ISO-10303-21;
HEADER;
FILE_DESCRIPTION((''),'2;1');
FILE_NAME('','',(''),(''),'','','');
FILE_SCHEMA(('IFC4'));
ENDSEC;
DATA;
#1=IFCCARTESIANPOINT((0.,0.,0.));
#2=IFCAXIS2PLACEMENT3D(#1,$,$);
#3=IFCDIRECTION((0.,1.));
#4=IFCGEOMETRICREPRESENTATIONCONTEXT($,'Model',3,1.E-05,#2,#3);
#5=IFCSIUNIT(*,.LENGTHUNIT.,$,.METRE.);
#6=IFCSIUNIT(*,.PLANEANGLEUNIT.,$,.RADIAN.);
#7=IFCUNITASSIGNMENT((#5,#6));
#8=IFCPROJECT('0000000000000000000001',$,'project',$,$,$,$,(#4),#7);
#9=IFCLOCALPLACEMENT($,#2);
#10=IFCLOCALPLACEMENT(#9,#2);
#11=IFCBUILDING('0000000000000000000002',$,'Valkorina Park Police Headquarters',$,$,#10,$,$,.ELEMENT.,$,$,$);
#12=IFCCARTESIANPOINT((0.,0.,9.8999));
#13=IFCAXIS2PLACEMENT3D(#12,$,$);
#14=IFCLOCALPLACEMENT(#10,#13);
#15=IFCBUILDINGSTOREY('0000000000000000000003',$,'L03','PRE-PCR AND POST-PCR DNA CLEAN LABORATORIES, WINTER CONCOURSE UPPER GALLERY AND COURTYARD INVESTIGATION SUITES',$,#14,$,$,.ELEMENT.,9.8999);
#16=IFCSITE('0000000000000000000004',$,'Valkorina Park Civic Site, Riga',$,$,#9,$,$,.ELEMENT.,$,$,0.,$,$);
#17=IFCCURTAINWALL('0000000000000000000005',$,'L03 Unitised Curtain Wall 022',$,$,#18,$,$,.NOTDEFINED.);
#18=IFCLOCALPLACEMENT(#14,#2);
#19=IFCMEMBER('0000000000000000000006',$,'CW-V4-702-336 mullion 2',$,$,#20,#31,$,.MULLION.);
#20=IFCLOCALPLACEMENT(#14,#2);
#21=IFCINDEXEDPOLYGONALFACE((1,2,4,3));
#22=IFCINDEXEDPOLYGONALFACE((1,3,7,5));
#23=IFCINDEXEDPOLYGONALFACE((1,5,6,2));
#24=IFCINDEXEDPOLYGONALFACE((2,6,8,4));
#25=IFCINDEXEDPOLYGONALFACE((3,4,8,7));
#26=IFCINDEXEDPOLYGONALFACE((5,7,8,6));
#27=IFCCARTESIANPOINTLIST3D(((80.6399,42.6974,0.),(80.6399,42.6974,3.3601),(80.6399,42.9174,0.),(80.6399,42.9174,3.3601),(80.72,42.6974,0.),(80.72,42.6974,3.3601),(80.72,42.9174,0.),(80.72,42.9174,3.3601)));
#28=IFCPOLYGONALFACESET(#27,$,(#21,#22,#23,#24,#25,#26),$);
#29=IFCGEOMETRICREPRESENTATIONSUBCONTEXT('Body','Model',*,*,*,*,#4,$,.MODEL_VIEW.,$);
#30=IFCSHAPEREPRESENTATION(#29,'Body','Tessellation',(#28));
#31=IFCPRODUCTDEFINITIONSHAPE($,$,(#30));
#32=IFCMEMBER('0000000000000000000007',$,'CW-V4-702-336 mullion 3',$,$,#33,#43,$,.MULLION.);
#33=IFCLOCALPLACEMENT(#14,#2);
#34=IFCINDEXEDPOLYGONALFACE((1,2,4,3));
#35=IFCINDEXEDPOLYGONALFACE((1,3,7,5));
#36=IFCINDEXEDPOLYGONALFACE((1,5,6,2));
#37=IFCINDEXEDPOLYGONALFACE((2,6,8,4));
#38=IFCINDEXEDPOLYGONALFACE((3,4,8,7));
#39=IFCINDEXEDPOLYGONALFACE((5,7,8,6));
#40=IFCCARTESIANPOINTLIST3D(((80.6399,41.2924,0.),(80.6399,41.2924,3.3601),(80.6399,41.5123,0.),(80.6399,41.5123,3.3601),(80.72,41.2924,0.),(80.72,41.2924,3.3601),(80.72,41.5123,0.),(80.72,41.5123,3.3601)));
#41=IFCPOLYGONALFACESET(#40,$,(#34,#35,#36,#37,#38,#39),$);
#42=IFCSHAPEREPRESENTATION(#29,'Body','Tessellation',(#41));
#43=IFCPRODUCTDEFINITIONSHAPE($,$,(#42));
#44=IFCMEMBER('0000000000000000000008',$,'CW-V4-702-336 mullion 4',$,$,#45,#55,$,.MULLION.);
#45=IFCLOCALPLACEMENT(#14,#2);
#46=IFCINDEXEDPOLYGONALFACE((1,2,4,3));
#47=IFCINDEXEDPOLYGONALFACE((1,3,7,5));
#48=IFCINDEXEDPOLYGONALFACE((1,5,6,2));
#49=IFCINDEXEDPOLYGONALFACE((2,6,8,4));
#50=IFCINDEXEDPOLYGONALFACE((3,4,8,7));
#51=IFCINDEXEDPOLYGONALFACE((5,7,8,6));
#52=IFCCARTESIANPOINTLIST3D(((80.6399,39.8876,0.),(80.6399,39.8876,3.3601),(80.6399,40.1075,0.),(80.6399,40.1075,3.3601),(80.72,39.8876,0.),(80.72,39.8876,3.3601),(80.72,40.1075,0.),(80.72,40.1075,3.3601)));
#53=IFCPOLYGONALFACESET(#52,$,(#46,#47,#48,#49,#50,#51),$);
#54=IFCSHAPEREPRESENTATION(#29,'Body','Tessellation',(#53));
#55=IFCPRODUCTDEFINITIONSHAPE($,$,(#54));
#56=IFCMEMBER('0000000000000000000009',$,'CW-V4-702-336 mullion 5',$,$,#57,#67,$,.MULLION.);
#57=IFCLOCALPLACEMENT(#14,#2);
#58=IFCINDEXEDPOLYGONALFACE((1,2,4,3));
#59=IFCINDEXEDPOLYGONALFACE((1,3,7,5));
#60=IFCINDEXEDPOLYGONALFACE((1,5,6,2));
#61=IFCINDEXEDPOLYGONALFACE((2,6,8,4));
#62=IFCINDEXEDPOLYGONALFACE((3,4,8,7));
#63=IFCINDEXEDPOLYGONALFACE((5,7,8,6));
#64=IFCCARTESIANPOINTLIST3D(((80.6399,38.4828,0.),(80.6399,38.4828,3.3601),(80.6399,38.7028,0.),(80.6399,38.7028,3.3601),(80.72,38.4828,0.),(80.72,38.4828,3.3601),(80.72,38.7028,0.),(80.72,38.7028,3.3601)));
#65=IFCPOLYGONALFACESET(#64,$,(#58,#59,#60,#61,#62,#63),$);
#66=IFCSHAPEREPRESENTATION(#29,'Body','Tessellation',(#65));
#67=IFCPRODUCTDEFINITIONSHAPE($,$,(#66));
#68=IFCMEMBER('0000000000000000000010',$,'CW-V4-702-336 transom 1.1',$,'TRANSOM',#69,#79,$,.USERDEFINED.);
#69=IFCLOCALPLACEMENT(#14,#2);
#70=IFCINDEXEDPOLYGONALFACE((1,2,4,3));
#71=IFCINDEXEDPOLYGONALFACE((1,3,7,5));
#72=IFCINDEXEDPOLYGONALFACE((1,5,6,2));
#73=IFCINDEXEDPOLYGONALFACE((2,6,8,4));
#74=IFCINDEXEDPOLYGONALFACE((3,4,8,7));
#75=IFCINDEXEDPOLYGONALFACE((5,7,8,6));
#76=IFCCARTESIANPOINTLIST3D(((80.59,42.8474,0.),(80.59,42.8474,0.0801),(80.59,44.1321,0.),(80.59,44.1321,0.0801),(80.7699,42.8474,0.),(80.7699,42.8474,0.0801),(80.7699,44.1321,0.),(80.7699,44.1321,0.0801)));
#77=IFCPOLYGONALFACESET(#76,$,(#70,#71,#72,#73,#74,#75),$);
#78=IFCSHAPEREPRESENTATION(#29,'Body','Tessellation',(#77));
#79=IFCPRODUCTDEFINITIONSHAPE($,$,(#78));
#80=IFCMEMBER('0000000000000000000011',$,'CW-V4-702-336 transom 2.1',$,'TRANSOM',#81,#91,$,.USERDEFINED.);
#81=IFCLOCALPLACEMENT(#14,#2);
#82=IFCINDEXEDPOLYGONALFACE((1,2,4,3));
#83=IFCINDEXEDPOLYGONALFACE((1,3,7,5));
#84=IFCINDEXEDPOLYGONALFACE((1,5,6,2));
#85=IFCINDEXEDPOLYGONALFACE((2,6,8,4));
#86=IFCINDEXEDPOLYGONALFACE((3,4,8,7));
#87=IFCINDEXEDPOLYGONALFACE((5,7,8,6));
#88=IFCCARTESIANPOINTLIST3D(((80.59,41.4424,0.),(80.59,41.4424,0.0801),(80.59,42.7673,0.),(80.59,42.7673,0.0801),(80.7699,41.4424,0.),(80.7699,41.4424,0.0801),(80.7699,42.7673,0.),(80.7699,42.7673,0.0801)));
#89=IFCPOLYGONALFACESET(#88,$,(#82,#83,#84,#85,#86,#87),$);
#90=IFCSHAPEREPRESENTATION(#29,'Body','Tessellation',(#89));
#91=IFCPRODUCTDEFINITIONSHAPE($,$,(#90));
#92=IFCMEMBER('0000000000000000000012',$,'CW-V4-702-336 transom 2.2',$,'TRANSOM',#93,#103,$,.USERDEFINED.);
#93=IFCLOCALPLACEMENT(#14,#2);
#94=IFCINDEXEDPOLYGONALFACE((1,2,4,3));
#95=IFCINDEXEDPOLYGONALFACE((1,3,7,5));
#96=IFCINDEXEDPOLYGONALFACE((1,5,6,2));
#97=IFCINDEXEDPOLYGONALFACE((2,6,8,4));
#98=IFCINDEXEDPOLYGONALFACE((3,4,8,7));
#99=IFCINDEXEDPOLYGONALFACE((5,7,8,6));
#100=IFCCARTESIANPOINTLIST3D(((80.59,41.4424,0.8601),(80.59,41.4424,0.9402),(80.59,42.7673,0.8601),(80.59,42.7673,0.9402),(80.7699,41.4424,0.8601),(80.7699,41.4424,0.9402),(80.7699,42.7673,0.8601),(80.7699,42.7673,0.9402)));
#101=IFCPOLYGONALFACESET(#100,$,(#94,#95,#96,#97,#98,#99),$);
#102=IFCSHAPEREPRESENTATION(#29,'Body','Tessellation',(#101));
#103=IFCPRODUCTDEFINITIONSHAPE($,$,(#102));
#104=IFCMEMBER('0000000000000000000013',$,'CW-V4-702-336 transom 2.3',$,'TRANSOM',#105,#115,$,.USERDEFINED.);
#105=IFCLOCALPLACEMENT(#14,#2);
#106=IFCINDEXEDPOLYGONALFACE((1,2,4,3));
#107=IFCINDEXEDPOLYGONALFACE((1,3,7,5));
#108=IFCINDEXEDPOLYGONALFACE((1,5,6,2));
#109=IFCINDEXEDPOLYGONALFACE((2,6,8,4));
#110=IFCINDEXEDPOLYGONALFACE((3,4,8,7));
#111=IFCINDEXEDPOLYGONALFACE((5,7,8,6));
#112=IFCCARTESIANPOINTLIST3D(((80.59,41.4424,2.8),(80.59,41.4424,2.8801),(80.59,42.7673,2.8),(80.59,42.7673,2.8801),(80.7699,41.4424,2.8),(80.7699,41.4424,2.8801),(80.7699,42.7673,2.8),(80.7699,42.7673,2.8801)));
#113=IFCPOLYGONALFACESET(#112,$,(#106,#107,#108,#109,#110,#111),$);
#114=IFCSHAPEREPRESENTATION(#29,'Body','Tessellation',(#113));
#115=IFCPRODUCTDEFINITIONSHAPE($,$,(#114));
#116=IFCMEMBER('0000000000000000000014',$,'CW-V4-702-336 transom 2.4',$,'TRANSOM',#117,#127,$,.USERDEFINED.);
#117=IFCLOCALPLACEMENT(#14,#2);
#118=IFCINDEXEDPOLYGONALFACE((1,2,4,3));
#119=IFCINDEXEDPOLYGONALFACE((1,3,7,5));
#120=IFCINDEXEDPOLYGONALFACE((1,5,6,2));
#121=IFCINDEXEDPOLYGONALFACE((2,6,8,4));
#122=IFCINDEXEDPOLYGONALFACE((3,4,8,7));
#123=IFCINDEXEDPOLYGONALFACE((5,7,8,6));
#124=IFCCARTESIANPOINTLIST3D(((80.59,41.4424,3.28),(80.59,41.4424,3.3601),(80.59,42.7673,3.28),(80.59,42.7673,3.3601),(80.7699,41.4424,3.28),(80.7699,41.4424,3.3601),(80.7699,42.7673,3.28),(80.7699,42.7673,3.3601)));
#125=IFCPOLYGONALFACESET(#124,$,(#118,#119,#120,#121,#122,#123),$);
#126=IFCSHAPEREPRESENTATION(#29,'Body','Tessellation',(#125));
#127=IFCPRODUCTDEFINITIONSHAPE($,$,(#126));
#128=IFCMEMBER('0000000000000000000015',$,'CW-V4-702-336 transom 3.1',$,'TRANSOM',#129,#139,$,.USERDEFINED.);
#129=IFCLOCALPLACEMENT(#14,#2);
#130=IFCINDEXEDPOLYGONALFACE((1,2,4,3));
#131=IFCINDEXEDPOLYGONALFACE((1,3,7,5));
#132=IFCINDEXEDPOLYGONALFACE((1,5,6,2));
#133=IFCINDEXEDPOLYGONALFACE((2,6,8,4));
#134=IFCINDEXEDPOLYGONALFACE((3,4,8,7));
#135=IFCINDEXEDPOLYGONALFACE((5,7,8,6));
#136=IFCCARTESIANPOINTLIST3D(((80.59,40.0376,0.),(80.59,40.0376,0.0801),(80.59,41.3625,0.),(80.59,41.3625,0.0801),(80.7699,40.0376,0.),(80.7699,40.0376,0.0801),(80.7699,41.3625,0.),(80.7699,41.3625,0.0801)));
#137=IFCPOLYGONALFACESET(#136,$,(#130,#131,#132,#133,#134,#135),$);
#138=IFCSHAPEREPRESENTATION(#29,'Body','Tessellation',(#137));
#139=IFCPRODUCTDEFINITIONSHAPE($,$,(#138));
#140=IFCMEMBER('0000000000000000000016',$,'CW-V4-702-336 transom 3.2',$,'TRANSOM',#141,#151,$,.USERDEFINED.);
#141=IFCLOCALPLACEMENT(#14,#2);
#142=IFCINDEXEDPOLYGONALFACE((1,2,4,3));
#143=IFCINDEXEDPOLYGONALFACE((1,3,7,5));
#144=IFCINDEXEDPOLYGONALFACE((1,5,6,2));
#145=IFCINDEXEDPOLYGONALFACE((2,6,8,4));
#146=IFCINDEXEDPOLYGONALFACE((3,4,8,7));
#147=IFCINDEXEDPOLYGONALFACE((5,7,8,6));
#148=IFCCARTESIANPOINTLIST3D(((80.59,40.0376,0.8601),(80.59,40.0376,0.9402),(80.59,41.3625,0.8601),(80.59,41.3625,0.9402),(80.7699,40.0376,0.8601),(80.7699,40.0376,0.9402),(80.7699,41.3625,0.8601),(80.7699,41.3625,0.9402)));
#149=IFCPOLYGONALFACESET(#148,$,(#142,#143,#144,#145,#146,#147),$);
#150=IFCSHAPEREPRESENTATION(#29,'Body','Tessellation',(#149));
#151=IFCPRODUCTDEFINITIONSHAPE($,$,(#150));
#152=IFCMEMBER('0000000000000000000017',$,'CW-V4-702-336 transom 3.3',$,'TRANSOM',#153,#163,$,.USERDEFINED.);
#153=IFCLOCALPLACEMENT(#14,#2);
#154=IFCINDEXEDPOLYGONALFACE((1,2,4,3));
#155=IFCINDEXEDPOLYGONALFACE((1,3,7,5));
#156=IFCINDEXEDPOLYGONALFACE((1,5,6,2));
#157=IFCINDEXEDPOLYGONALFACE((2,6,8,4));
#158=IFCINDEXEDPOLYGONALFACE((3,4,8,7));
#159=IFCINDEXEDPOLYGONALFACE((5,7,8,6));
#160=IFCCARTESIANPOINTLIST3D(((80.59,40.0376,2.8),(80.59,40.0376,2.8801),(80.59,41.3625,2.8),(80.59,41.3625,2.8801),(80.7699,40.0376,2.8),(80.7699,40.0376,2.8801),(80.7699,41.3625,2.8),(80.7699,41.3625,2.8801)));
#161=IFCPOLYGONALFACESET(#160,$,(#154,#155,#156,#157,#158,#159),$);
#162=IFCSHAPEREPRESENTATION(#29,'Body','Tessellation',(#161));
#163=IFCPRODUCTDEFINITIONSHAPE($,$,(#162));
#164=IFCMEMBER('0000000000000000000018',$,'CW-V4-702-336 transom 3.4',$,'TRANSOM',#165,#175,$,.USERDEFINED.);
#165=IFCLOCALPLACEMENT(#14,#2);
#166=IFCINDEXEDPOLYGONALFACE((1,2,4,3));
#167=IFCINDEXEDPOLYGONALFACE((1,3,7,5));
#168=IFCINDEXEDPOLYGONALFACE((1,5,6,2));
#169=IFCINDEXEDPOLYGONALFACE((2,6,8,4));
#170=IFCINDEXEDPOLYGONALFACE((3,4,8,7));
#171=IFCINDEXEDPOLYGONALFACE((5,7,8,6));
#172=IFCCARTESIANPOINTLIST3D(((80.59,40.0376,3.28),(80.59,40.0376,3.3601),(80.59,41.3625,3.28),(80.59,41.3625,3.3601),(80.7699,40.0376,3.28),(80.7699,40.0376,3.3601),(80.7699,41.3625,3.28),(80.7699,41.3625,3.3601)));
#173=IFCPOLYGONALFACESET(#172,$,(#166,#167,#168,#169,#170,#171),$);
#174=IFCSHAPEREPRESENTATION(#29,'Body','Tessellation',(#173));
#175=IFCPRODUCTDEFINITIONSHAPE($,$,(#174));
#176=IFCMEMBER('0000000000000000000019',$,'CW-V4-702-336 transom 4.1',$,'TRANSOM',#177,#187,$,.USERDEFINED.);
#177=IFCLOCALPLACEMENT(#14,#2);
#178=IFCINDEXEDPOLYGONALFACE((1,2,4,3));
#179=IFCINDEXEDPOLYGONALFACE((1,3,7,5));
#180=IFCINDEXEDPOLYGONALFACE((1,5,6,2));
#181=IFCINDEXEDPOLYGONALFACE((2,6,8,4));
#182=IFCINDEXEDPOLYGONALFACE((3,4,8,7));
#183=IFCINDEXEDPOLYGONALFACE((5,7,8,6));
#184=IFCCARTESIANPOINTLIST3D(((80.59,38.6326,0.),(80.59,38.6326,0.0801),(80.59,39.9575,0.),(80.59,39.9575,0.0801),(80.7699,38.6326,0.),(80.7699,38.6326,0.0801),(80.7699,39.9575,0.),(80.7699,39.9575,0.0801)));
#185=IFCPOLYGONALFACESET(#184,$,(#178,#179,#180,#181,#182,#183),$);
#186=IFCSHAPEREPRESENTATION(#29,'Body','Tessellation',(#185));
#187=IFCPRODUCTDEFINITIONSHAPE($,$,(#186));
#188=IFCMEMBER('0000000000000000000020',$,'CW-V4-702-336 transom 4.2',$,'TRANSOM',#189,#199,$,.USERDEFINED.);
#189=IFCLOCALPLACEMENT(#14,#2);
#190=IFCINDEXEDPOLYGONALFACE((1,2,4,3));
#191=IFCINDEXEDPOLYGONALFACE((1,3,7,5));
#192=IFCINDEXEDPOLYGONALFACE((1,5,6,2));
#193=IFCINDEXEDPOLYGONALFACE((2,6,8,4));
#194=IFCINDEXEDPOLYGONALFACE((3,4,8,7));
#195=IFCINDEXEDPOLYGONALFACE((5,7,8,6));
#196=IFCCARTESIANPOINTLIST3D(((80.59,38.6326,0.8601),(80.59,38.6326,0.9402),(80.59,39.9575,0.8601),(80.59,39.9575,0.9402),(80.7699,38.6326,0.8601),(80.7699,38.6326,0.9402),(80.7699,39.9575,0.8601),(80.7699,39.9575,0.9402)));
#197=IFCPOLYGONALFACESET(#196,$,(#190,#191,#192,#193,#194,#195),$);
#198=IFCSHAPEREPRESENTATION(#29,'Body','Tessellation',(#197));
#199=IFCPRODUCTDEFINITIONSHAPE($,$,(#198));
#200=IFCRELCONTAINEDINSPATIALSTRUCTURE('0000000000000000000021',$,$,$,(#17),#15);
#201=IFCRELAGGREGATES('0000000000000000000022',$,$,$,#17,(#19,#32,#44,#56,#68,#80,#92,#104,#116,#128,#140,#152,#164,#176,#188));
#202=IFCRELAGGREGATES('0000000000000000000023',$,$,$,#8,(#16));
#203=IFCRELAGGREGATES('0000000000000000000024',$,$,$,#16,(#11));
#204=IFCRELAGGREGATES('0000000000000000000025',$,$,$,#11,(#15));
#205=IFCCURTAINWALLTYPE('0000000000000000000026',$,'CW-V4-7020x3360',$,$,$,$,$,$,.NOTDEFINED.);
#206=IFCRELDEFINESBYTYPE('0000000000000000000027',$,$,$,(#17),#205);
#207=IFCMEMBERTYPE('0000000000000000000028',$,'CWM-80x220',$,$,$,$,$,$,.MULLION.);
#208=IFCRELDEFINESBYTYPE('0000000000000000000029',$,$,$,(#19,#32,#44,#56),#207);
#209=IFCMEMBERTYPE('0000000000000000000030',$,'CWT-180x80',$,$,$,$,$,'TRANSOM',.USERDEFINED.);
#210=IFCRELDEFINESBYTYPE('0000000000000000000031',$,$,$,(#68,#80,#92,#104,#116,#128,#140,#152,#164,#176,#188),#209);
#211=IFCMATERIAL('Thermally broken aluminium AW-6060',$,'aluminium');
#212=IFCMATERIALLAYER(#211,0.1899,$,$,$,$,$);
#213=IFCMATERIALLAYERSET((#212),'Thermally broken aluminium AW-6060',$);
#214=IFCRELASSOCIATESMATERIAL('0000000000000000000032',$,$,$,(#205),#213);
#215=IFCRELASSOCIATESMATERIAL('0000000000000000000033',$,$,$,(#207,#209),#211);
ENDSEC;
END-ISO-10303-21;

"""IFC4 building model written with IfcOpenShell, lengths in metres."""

from ifc_helpers import new_model, si_unit, direction, frame, origin, origin_2d, place, context, subcontext, project, spatial, rectangle, extrude, material, layer, layer_set, material_profile, profile_set, type_object, element, aggregate, save


model = new_model("IFC4")

# Units and contexts
model_context = context("Model", 3, precision=1e-05, world=origin(), true_north=direction((0.0, 1.0)))
body_context = subcontext(model_context, "Body", "Model", "MODEL_VIEW")
ifc_project = project(units=[si_unit("LENGTHUNIT", "METRE"), si_unit("PLANEANGLEUNIT", "RADIAN")], contexts=[model_context])

# Site, building, storey
site_placement = place(None, origin())
site = spatial("IfcSite", under=ifc_project, at=site_placement, Name="Valkorina Park Civic Site, Riga", CompositionType="ELEMENT", RefElevation=0.0)
building_placement = place(site_placement, origin())
building = spatial("IfcBuilding", under=site, at=building_placement, Name="Valkorina Park Police Headquarters", CompositionType="ELEMENT")
storey_placement = place(building_placement, frame((0.0, 0.0, 9.8999)))
storey = spatial("IfcBuildingStorey", under=building, at=storey_placement, Name="L03", Description="PRE-PCR AND POST-PCR DNA CLEAN LABORATORIES, WINTER CONCOURSE UPPER GALLERY AND COURTYARD INVESTIGATION SUITES", CompositionType="ELEMENT", Elevation=9.8999)

# Curtain wall, members
ifc_material_1 = material(Name="Thermally broken aluminium AW-6060", Category="aluminium")
ifc_layer_1 = layer(ifc_material_1, 0.1899)
ifc_layer_set_1 = layer_set([ifc_layer_1], Name="Thermally broken aluminium AW-6060")
curtain_wall_type = type_object("IfcCurtainWallType", Name="CW-V4-7020x3360", PredefinedType="NOTDEFINED", material=ifc_layer_set_1)
curtain_wall_placement = place(storey_placement, origin())
curtain_wall = element("IfcCurtainWall", 1, at=curtain_wall_placement, inside=storey, type_object=curtain_wall_type, Name="L03 Unitised Curtain Wall 022", PredefinedType="NOTDEFINED")
ifc_material_profile_1 = material_profile(ifc_material_1, rectangle(XDim=0.0801, YDim=0.22, at=origin_2d()), Name="CWM-03 80x220")
ifc_profile_set_1 = profile_set([ifc_material_profile_1], Name="Thermally broken aluminium AW-6060")
member_type_1 = type_object("IfcMemberType", Name="CWM-80x220", PredefinedType="MULLION", material=ifc_profile_set_1)
member_1_placement = place(storey_placement, frame((80.6799, 42.8074, 0.0), z_axis=(0.0, 0.0, 1.0), x_axis=(1.0, 0.0, 0.0)))
member_1 = element("IfcMember", 2, at=member_1_placement, type_object=member_type_1, Name="CW-V4-702-336 mullion 2", PredefinedType="MULLION", context=body_context, shape_type="SweptSolid", body=[
    extrude(rectangle(XDim=0.0801, YDim=0.22, at=origin_2d()), origin(), (0.0, 0.0, 1.0), 3.3601),
])
member_2_placement = place(storey_placement, frame((80.6799, 41.4023, 0.0), z_axis=(0.0, 0.0, 1.0), x_axis=(1.0, 0.0, 0.0)))
member_2 = element("IfcMember", 3, at=member_2_placement, type_object=member_type_1, Name="CW-V4-702-336 mullion 3", PredefinedType="MULLION", context=body_context, shape_type="SweptSolid", body=[
    extrude(rectangle(XDim=0.0801, YDim=0.22, at=origin_2d()), origin(), (0.0, 0.0, 1.0), 3.3601),
])
member_3_placement = place(storey_placement, frame((80.6799, 39.9976, 0.0), z_axis=(0.0, 0.0, 1.0), x_axis=(1.0, 0.0, 0.0)))
member_3 = element("IfcMember", 4, at=member_3_placement, type_object=member_type_1, Name="CW-V4-702-336 mullion 4", PredefinedType="MULLION", context=body_context, shape_type="SweptSolid", body=[
    extrude(rectangle(XDim=0.0801, YDim=0.22, at=origin_2d()), origin(), (0.0, 0.0, 1.0), 3.3601),
])
member_4_placement = place(storey_placement, frame((80.6799, 38.5928, 0.0), z_axis=(0.0, 0.0, 1.0), x_axis=(1.0, 0.0, 0.0)))
member_4 = element("IfcMember", 5, at=member_4_placement, type_object=member_type_1, Name="CW-V4-702-336 mullion 5", PredefinedType="MULLION", context=body_context, shape_type="SweptSolid", body=[
    extrude(rectangle(XDim=0.0801, YDim=0.22, at=origin_2d()), origin(), (0.0, 0.0, 1.0), 3.3601),
])
ifc_material_profile_2 = material_profile(ifc_material_1, rectangle(XDim=0.1799, YDim=0.0801, at=origin_2d()), Name="CWT-03 180x80")
ifc_profile_set_2 = profile_set([ifc_material_profile_2], Name="Thermally broken aluminium AW-6060")
member_type_2 = type_object("IfcMemberType", Name="CWT-180x80", ElementType="TRANSOM", PredefinedType="USERDEFINED", material=ifc_profile_set_2)
member_5_placement = place(storey_placement, frame((80.6799, 44.1321, 0.04), z_axis=(0.0, -1.0, 0.0), x_axis=(1.0, 0.0, 0.0)))
member_5 = element("IfcMember", 6, at=member_5_placement, type_object=member_type_2, Name="CW-V4-702-336 transom 1.1", ObjectType="TRANSOM", PredefinedType="USERDEFINED", context=body_context, shape_type="SweptSolid", body=[
    extrude(rectangle(XDim=0.1799, YDim=0.0801, at=origin_2d()), origin(), (0.0, 0.0, 1.0), 1.2847),
])
member_6_placement = place(storey_placement, frame((80.6799, 42.7673, 0.04), z_axis=(0.0, -1.0, 0.0), x_axis=(1.0, 0.0, 0.0)))
member_6 = element("IfcMember", 7, at=member_6_placement, type_object=member_type_2, Name="CW-V4-702-336 transom 2.1", ObjectType="TRANSOM", PredefinedType="USERDEFINED", context=body_context, shape_type="SweptSolid", body=[
    extrude(rectangle(XDim=0.1799, YDim=0.0801, at=origin_2d()), origin(), (0.0, 0.0, 1.0), 1.325),
])
member_7_placement = place(storey_placement, frame((80.6799, 42.7673, 0.9001), z_axis=(0.0, -1.0, 0.0), x_axis=(1.0, 0.0, 0.0)))
member_7 = element("IfcMember", 8, at=member_7_placement, type_object=member_type_2, Name="CW-V4-702-336 transom 2.2", ObjectType="TRANSOM", PredefinedType="USERDEFINED", context=body_context, shape_type="SweptSolid", body=[
    extrude(rectangle(XDim=0.1799, YDim=0.0801, at=origin_2d()), origin(), (0.0, 0.0, 1.0), 1.325),
])
member_8_placement = place(storey_placement, frame((80.6799, 42.7673, 2.8401), z_axis=(0.0, -1.0, 0.0), x_axis=(1.0, 0.0, 0.0)))
member_8 = element("IfcMember", 9, at=member_8_placement, type_object=member_type_2, Name="CW-V4-702-336 transom 2.3", ObjectType="TRANSOM", PredefinedType="USERDEFINED", context=body_context, shape_type="SweptSolid", body=[
    extrude(rectangle(XDim=0.1799, YDim=0.0801, at=origin_2d()), origin(), (0.0, 0.0, 1.0), 1.325),
])
member_9_placement = place(storey_placement, frame((80.6799, 42.7673, 3.3201), z_axis=(0.0, -1.0, 0.0), x_axis=(1.0, 0.0, 0.0)))
member_9 = element("IfcMember", 10, at=member_9_placement, type_object=member_type_2, Name="CW-V4-702-336 transom 2.4", ObjectType="TRANSOM", PredefinedType="USERDEFINED", context=body_context, shape_type="SweptSolid", body=[
    extrude(rectangle(XDim=0.1799, YDim=0.0801, at=origin_2d()), origin(), (0.0, 0.0, 1.0), 1.325),
])
member_10_placement = place(storey_placement, frame((80.6799, 41.3625, 0.04), z_axis=(0.0, -1.0, 0.0), x_axis=(1.0, 0.0, 0.0)))
member_10 = element("IfcMember", 11, at=member_10_placement, type_object=member_type_2, Name="CW-V4-702-336 transom 3.1", ObjectType="TRANSOM", PredefinedType="USERDEFINED", context=body_context, shape_type="SweptSolid", body=[
    extrude(rectangle(XDim=0.1799, YDim=0.0801, at=origin_2d()), origin(), (0.0, 0.0, 1.0), 1.325),
])
member_11_placement = place(storey_placement, frame((80.6799, 41.3625, 0.9001), z_axis=(0.0, -1.0, 0.0), x_axis=(1.0, 0.0, 0.0)))
member_11 = element("IfcMember", 12, at=member_11_placement, type_object=member_type_2, Name="CW-V4-702-336 transom 3.2", ObjectType="TRANSOM", PredefinedType="USERDEFINED", context=body_context, shape_type="SweptSolid", body=[
    extrude(rectangle(XDim=0.1799, YDim=0.0801, at=origin_2d()), origin(), (0.0, 0.0, 1.0), 1.325),
])
member_12_placement = place(storey_placement, frame((80.6799, 41.3625, 2.8401), z_axis=(0.0, -1.0, 0.0), x_axis=(1.0, 0.0, 0.0)))
member_12 = element("IfcMember", 13, at=member_12_placement, type_object=member_type_2, Name="CW-V4-702-336 transom 3.3", ObjectType="TRANSOM", PredefinedType="USERDEFINED", context=body_context, shape_type="SweptSolid", body=[
    extrude(rectangle(XDim=0.1799, YDim=0.0801, at=origin_2d()), origin(), (0.0, 0.0, 1.0), 1.325),
])
member_13_placement = place(storey_placement, frame((80.6799, 41.3625, 3.3201), z_axis=(0.0, -1.0, 0.0), x_axis=(1.0, 0.0, 0.0)))
member_13 = element("IfcMember", 14, at=member_13_placement, type_object=member_type_2, Name="CW-V4-702-336 transom 3.4", ObjectType="TRANSOM", PredefinedType="USERDEFINED", context=body_context, shape_type="SweptSolid", body=[
    extrude(rectangle(XDim=0.1799, YDim=0.0801, at=origin_2d()), origin(), (0.0, 0.0, 1.0), 1.325),
])
member_14_placement = place(storey_placement, frame((80.6799, 39.9575, 0.04), z_axis=(0.0, -1.0, 0.0), x_axis=(1.0, 0.0, 0.0)))
member_14 = element("IfcMember", 15, at=member_14_placement, type_object=member_type_2, Name="CW-V4-702-336 transom 4.1", ObjectType="TRANSOM", PredefinedType="USERDEFINED", context=body_context, shape_type="SweptSolid", body=[
    extrude(rectangle(XDim=0.1799, YDim=0.0801, at=origin_2d()), origin(), (0.0, 0.0, 1.0), 1.325),
])
member_15_placement = place(storey_placement, frame((80.6799, 39.9575, 0.9001), z_axis=(0.0, -1.0, 0.0), x_axis=(1.0, 0.0, 0.0)))
member_15 = element("IfcMember", 16, at=member_15_placement, type_object=member_type_2, Name="CW-V4-702-336 transom 4.2", ObjectType="TRANSOM", PredefinedType="USERDEFINED", context=body_context, shape_type="SweptSolid", body=[
    extrude(rectangle(XDim=0.1799, YDim=0.0801, at=origin_2d()), origin(), (0.0, 0.0, 1.0), 1.325),
])
aggregate(curtain_wall, [member_1, member_2, member_3, member_4, member_5, member_6, member_7, member_8, member_9, member_10, member_11, member_12, member_13, member_14, member_15])

save(model, "model.ifc")
